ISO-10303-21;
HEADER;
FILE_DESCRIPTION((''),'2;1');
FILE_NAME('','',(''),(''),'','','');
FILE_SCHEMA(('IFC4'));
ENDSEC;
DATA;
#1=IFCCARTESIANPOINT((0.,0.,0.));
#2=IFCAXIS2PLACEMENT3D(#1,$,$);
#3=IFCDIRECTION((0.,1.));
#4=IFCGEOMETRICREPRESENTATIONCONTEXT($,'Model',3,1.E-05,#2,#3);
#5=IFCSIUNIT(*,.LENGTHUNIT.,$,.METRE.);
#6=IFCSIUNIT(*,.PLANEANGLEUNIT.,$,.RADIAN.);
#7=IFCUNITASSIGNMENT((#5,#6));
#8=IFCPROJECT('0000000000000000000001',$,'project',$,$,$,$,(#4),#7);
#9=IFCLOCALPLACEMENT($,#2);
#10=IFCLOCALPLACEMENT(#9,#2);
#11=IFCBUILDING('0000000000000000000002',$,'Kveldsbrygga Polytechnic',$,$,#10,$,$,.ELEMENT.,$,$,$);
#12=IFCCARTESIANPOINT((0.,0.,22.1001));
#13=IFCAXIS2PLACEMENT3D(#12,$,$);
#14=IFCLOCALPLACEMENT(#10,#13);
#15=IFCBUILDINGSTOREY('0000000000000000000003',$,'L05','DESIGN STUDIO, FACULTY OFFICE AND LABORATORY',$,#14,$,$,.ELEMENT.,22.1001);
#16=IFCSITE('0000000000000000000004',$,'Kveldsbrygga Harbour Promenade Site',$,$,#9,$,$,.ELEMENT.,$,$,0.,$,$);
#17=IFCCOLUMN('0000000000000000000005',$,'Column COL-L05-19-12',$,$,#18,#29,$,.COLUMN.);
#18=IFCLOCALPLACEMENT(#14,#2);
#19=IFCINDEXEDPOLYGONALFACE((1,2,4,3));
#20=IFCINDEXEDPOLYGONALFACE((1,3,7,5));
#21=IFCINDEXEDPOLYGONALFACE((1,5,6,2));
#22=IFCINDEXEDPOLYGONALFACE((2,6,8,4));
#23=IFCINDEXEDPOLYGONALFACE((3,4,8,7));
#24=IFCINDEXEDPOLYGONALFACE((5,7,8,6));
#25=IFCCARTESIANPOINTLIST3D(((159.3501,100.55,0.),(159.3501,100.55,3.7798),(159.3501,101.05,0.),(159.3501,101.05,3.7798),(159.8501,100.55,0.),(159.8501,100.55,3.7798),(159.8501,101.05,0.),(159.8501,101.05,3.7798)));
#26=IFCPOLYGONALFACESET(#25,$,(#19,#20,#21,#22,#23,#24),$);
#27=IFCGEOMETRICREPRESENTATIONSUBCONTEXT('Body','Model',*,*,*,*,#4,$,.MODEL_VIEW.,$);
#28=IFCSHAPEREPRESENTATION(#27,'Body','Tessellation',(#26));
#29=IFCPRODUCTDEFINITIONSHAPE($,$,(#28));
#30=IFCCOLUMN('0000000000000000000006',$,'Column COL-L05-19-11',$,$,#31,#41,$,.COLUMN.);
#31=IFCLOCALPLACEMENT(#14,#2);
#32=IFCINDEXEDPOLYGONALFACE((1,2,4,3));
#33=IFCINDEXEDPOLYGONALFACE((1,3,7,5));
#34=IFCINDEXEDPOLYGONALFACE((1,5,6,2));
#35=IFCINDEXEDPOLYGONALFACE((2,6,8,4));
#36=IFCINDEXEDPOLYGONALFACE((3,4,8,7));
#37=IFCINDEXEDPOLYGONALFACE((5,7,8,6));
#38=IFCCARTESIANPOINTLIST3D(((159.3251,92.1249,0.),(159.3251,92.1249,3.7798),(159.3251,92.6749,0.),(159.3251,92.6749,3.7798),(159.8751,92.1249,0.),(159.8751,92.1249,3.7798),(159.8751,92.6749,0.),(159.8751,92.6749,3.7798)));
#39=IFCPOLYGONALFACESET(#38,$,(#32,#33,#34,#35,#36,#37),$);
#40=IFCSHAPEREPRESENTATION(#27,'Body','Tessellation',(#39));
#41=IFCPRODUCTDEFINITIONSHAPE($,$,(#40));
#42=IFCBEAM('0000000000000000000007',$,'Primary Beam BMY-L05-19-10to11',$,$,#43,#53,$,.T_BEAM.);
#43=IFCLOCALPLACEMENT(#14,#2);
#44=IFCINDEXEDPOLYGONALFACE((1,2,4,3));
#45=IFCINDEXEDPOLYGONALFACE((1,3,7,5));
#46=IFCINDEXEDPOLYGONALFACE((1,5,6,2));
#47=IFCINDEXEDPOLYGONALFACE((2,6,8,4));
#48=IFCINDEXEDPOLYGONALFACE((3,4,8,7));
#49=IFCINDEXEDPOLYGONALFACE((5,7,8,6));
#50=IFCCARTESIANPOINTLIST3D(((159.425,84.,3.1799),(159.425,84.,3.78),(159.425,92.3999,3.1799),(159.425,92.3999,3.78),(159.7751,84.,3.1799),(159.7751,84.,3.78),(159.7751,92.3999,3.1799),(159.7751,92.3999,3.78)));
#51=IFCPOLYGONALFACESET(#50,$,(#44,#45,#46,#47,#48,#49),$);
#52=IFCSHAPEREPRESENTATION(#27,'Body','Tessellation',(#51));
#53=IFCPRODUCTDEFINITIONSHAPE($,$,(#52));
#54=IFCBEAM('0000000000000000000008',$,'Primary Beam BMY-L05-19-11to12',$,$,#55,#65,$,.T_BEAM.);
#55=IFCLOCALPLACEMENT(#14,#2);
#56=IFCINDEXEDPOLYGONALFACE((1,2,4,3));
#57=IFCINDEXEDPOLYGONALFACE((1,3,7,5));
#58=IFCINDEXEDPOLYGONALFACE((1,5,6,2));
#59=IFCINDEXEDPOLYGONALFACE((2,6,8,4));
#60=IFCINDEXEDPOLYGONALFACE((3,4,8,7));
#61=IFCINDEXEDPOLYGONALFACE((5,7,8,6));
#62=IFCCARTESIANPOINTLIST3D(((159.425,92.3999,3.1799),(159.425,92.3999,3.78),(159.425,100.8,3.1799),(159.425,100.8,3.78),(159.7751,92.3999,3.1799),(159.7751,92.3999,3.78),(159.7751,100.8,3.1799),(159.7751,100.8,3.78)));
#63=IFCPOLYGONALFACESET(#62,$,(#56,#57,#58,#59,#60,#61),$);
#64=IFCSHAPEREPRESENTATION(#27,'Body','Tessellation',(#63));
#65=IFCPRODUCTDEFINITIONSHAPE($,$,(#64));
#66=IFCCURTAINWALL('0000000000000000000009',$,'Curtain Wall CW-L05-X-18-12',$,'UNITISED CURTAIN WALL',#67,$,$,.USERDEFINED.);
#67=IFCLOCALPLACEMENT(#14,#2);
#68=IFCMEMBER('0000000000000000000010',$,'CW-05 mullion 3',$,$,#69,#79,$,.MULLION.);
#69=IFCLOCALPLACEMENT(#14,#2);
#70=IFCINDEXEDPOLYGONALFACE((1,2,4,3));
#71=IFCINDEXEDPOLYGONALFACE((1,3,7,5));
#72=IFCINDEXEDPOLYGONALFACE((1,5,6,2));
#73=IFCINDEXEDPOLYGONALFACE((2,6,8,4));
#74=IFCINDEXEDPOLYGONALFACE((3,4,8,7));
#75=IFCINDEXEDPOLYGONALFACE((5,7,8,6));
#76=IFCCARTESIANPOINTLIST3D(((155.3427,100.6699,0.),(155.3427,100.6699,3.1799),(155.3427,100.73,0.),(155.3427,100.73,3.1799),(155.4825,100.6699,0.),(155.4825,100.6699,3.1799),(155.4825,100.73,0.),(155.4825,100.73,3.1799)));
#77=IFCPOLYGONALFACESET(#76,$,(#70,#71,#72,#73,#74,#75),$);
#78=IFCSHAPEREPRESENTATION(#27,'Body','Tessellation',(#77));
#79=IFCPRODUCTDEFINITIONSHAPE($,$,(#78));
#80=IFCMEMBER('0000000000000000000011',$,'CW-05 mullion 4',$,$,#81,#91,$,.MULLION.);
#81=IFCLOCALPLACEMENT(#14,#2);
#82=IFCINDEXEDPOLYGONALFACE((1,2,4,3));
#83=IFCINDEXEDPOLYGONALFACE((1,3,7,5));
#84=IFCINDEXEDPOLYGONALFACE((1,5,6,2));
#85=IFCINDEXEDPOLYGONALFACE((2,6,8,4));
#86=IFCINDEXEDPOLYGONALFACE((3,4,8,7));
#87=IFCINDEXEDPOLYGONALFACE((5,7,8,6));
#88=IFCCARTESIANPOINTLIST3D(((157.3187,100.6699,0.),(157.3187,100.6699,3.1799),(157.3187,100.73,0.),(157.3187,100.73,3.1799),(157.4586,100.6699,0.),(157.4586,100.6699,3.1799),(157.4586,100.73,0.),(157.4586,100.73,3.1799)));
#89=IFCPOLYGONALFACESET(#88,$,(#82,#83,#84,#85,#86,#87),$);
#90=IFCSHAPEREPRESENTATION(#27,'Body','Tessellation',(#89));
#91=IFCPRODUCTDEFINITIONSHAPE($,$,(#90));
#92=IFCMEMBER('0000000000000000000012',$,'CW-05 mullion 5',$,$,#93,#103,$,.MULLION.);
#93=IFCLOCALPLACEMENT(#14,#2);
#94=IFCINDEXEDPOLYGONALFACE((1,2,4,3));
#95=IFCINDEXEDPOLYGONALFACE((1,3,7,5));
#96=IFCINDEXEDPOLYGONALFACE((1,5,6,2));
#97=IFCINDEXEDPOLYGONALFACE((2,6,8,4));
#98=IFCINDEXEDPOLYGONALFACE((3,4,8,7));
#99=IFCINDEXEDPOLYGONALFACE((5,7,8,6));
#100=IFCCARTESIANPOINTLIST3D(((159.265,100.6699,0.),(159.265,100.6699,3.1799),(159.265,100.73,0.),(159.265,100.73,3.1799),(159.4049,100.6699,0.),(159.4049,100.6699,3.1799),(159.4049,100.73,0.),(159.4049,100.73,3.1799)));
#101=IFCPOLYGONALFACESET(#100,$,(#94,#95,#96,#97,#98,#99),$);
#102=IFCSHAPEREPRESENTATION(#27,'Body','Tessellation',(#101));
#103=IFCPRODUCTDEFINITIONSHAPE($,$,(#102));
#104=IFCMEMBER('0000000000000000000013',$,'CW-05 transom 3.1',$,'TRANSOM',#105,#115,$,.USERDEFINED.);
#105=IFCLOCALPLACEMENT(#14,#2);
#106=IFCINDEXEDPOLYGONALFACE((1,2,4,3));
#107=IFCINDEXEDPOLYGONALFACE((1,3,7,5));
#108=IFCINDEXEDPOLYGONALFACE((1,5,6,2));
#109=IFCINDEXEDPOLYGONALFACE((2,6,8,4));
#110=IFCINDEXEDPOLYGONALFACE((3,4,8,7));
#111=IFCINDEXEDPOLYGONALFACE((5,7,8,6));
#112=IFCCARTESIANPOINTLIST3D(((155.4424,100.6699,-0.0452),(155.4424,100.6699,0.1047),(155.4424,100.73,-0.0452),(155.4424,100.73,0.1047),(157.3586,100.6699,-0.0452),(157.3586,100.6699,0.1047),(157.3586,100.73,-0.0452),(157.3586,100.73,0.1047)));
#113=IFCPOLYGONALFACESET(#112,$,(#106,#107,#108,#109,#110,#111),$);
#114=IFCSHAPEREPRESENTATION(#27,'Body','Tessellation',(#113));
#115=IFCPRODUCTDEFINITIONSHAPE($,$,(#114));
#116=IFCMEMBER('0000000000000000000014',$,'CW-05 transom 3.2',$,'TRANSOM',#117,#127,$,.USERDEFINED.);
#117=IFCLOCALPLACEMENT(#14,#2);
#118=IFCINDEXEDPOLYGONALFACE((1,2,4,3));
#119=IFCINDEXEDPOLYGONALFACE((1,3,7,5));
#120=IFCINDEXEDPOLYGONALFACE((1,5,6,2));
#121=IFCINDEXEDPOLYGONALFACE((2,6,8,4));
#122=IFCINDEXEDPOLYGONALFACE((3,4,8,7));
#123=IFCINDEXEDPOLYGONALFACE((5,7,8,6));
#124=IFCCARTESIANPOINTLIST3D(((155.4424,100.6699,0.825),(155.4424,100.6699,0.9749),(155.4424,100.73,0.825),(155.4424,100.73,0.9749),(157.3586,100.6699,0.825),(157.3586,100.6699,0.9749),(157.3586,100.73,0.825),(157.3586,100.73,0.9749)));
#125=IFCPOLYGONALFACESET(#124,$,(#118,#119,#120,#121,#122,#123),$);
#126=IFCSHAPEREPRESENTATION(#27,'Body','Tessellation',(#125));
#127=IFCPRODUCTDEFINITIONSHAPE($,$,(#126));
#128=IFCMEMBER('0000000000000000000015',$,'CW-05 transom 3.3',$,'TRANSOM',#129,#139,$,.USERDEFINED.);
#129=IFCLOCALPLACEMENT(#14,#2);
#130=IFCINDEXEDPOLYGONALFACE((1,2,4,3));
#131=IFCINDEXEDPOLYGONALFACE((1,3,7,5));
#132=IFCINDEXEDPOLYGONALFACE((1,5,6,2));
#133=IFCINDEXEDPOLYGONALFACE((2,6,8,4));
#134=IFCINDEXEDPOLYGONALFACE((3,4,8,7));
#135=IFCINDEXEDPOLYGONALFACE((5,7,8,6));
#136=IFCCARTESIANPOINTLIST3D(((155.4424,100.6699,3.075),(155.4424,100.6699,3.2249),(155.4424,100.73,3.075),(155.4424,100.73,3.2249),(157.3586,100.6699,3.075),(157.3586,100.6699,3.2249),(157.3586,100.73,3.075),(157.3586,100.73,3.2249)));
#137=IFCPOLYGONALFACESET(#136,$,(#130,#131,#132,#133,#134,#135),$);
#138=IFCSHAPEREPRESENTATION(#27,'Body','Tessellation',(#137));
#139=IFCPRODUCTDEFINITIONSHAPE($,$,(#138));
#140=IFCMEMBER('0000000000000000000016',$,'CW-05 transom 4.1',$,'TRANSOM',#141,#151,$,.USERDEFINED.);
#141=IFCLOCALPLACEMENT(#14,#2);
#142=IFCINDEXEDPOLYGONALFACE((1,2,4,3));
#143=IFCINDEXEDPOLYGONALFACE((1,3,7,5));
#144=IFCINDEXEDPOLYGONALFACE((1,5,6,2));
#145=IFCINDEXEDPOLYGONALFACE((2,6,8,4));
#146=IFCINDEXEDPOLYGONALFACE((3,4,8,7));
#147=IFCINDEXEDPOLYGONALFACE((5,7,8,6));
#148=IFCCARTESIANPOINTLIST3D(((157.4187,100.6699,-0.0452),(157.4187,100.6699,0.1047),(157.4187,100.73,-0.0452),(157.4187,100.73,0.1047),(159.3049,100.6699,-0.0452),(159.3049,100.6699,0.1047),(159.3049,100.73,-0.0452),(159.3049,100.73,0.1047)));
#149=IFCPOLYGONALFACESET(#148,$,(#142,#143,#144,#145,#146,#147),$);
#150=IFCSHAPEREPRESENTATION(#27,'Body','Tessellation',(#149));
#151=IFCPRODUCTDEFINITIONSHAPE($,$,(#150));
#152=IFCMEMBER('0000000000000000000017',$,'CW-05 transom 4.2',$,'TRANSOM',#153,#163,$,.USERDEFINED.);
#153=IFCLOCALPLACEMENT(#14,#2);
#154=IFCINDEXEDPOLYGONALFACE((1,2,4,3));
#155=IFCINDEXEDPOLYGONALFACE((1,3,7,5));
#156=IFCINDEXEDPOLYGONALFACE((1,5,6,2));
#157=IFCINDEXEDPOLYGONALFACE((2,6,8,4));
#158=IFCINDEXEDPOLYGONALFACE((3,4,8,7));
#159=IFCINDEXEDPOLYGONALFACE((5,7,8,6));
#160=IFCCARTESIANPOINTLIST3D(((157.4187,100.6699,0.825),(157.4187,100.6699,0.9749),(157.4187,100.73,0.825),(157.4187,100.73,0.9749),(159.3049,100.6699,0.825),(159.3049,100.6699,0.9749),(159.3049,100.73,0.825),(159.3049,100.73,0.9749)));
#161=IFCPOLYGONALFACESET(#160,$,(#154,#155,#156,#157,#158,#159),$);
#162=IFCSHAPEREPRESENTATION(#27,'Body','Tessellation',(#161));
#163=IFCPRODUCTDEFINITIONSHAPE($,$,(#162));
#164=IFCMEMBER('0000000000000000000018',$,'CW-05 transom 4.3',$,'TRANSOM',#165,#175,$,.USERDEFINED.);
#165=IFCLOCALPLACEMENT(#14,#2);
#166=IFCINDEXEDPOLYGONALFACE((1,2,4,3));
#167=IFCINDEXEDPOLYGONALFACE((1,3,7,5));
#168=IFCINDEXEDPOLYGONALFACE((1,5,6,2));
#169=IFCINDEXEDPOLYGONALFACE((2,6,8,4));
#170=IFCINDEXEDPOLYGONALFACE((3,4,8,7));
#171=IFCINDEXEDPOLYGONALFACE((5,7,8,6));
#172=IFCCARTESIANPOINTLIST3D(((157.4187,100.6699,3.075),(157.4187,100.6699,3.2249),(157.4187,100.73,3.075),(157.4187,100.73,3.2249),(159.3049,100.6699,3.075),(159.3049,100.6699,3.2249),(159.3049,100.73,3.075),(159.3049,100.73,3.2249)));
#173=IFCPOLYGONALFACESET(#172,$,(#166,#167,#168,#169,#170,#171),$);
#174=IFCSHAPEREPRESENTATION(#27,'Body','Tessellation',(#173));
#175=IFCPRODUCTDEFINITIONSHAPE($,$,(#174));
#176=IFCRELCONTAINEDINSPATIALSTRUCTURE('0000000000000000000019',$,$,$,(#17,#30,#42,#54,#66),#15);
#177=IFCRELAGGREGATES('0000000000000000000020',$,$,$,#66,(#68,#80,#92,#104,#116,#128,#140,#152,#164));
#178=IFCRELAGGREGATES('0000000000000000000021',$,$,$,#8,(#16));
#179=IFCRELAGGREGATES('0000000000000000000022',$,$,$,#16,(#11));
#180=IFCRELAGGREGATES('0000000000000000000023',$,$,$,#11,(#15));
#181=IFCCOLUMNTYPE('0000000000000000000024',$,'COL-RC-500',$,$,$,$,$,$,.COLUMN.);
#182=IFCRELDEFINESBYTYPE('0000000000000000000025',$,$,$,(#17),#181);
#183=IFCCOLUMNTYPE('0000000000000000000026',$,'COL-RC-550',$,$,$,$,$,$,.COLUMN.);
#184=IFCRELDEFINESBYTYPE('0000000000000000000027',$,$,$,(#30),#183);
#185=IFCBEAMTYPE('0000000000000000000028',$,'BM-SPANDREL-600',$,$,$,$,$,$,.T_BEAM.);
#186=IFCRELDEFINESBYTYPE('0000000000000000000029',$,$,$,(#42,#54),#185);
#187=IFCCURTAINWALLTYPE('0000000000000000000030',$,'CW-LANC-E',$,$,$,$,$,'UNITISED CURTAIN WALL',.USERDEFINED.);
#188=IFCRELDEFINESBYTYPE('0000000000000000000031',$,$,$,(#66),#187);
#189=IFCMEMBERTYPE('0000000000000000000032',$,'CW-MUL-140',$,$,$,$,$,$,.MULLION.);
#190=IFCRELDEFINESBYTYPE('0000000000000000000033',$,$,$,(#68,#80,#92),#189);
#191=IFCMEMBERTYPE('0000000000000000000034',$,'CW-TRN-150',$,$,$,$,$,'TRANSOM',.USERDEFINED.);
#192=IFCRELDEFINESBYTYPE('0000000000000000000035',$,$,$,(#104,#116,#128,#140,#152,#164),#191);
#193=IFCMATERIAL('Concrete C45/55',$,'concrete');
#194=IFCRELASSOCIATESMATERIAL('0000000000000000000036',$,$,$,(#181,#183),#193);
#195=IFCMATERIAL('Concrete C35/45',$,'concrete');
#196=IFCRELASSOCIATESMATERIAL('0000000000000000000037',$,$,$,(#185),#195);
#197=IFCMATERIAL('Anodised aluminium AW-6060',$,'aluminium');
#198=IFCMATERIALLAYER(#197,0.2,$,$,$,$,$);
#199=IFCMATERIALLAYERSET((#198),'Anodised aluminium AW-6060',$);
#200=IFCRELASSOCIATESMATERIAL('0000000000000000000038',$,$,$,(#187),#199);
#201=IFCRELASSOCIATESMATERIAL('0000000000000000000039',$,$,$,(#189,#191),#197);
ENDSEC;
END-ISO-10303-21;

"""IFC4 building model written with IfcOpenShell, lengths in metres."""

from ifc_helpers import new_model, si_unit, direction, frame, origin, origin_2d, place, context, subcontext, project, spatial, rectangle, extrude, material, layer, layer_set, material_profile, profile_set, type_object, element, aggregate, save


model = new_model("IFC4")

# Units and contexts
model_context = context("Model", 3, precision=1e-05, world=origin(), true_north=direction((0.0, 1.0)))
body_context = subcontext(model_context, "Body", "Model", "MODEL_VIEW")
ifc_project = project(units=[si_unit("LENGTHUNIT", "METRE"), si_unit("PLANEANGLEUNIT", "RADIAN")], contexts=[model_context])

# Site, building, storey
site_placement = place(None, origin())
site = spatial("IfcSite", under=ifc_project, at=site_placement, Name="Kveldsbrygga Harbour Promenade Site", CompositionType="ELEMENT", RefElevation=0.0)
building_placement = place(site_placement, origin())
building = spatial("IfcBuilding", under=site, at=building_placement, Name="Kveldsbrygga Polytechnic", CompositionType="ELEMENT")
storey_placement = place(building_placement, frame((0.0, 0.0, 22.1001)))
storey = spatial("IfcBuildingStorey", under=building, at=storey_placement, Name="L05", Description="DESIGN STUDIO, FACULTY OFFICE AND LABORATORY", CompositionType="ELEMENT", Elevation=22.1001)

# Columns
ifc_material_1 = material(Name="Concrete C45/55", Category="concrete")
ifc_material_profile_1 = material_profile(ifc_material_1, rectangle(XDim=0.5, YDim=0.5, at=origin_2d()), Name="RC 500x500")
ifc_profile_set_1 = profile_set([ifc_material_profile_1], Name="Concrete C45/55")
column_type_1 = type_object("IfcColumnType", Name="COL-RC-500", PredefinedType="COLUMN", material=ifc_profile_set_1)
column_1_placement = place(storey_placement, frame((159.6001, 100.8, 0.0), z_axis=(0.0, 0.0, 1.0), x_axis=(1.0, 0.0, 0.0)))
element("IfcColumn", 1, at=column_1_placement, inside=storey, type_object=column_type_1, Name="Column COL-L05-19-12", PredefinedType="COLUMN", context=body_context, shape_type="SweptSolid", body=[
    extrude(rectangle(XDim=0.5, YDim=0.5, at=origin_2d()), origin(), (0.0, 0.0, 1.0), 3.7798),
])
ifc_material_profile_2 = material_profile(ifc_material_1, rectangle(XDim=0.55, YDim=0.55, at=origin_2d()), Name="RC 550x550")
ifc_profile_set_2 = profile_set([ifc_material_profile_2], Name="Concrete C45/55")
column_type_2 = type_object("IfcColumnType", Name="COL-RC-550", PredefinedType="COLUMN", material=ifc_profile_set_2)
column_2_placement = place(storey_placement, frame((159.6001, 92.3999, 0.0), z_axis=(0.0, 0.0, 1.0), x_axis=(1.0, 0.0, 0.0)))
element("IfcColumn", 2, at=column_2_placement, inside=storey, type_object=column_type_2, Name="Column COL-L05-19-11", PredefinedType="COLUMN", context=body_context, shape_type="SweptSolid", body=[
    extrude(rectangle(XDim=0.55, YDim=0.55, at=origin_2d()), origin(), (0.0, 0.0, 1.0), 3.7798),
])

# Beams
ifc_material_2 = material(Name="Concrete C35/45", Category="concrete")
ifc_material_profile_3 = material_profile(ifc_material_2, rectangle(XDim=0.3501, YDim=0.6001, at=origin_2d()), Name="RC 350x600")
ifc_profile_set_3 = profile_set([ifc_material_profile_3], Name="Concrete C35/45")
beam_type = type_object("IfcBeamType", Name="BM-SPANDREL-600", PredefinedType="T_BEAM", material=ifc_profile_set_3)
beam_1_placement = place(storey_placement, frame((159.6001, 84.0, 3.48), z_axis=(0.0, 1.0, 0.0), x_axis=(-1.0, 0.0, 0.0)))
element("IfcBeam", 3, at=beam_1_placement, inside=storey, type_object=beam_type, Name="Primary Beam BMY-L05-19-10to11", PredefinedType="T_BEAM", context=body_context, shape_type="SweptSolid", body=[
    extrude(rectangle(XDim=0.3501, YDim=0.6001, at=origin_2d()), origin(), (0.0, 0.0, 1.0), 8.3999),
])
beam_2_placement = place(storey_placement, frame((159.6001, 92.3999, 3.48), z_axis=(0.0, 1.0, 0.0), x_axis=(-1.0, 0.0, 0.0)))
element("IfcBeam", 4, at=beam_2_placement, inside=storey, type_object=beam_type, Name="Primary Beam BMY-L05-19-11to12", PredefinedType="T_BEAM", context=body_context, shape_type="SweptSolid", body=[
    extrude(rectangle(XDim=0.3501, YDim=0.6001, at=origin_2d()), origin(), (0.0, 0.0, 1.0), 8.4001),
])

# Curtain wall, members
ifc_material_3 = material(Name="Anodised aluminium AW-6060", Category="aluminium")
ifc_layer_1 = layer(ifc_material_3, 0.2)
ifc_layer_set_1 = layer_set([ifc_layer_1], Name="Anodised aluminium AW-6060")
curtain_wall_type = type_object("IfcCurtainWallType", Name="CW-LANC-E", ElementType="UNITISED CURTAIN WALL", PredefinedType="USERDEFINED", material=ifc_layer_set_1)
curtain_wall_placement = place(storey_placement, origin())
curtain_wall = element("IfcCurtainWall", 5, at=curtain_wall_placement, inside=storey, type_object=curtain_wall_type, Name="Curtain Wall CW-L05-X-18-12", ObjectType="UNITISED CURTAIN WALL", PredefinedType="USERDEFINED")
ifc_material_profile_4 = material_profile(ifc_material_3, rectangle(XDim=0.0601, YDim=0.1399, at=origin_2d()), Name="ALU 60x140")
ifc_profile_set_4 = profile_set([ifc_material_profile_4], Name="Anodised aluminium AW-6060")
member_type_1 = type_object("IfcMemberType", Name="CW-MUL-140", PredefinedType="MULLION", material=ifc_profile_set_4)
member_1_placement = place(storey_placement, frame((155.4126, 100.7, 0.0), z_axis=(0.0, 0.0, 1.0), x_axis=(0.0, 1.0, 0.0)))
member_1 = element("IfcMember", 6, at=member_1_placement, type_object=member_type_1, Name="CW-05 mullion 3", PredefinedType="MULLION", context=body_context, shape_type="SweptSolid", body=[
    extrude(rectangle(XDim=0.0601, YDim=0.1399, at=origin_2d()), origin(), (0.0, 0.0, 1.0), 3.1799),
])
member_2_placement = place(storey_placement, frame((157.3887, 100.7, 0.0), z_axis=(0.0, 0.0, 1.0), x_axis=(0.0, 1.0, 0.0)))
member_2 = element("IfcMember", 7, at=member_2_placement, type_object=member_type_1, Name="CW-05 mullion 4", PredefinedType="MULLION", context=body_context, shape_type="SweptSolid", body=[
    extrude(rectangle(XDim=0.0601, YDim=0.1399, at=origin_2d()), origin(), (0.0, 0.0, 1.0), 3.1799),
])
member_3_placement = place(storey_placement, frame((159.335, 100.7, 0.0), z_axis=(0.0, 0.0, 1.0), x_axis=(0.0, 1.0, 0.0)))
member_3 = element("IfcMember", 8, at=member_3_placement, type_object=member_type_1, Name="CW-05 mullion 5", PredefinedType="MULLION", context=body_context, shape_type="SweptSolid", body=[
    extrude(rectangle(XDim=0.0601, YDim=0.1399, at=origin_2d()), origin(), (0.0, 0.0, 1.0), 3.1799),
])
ifc_material_profile_5 = material_profile(ifc_material_3, rectangle(XDim=0.0601, YDim=0.1499, at=origin_2d()), Name="ALU 60x150")
ifc_profile_set_5 = profile_set([ifc_material_profile_5], Name="Anodised aluminium AW-6060")
member_type_2 = type_object("IfcMemberType", Name="CW-TRN-150", ElementType="TRANSOM", PredefinedType="USERDEFINED", material=ifc_profile_set_5)
member_4_placement = place(storey_placement, frame((155.4424, 100.7, 0.0298), z_axis=(1.0, 0.0, 0.0), x_axis=(0.0, 1.0, 0.0)))
member_4 = element("IfcMember", 9, at=member_4_placement, type_object=member_type_2, Name="CW-05 transom 3.1", ObjectType="TRANSOM", PredefinedType="USERDEFINED", context=body_context, shape_type="SweptSolid", body=[
    extrude(rectangle(XDim=0.0601, YDim=0.1499, at=origin_2d()), origin(), (0.0, 0.0, 1.0), 1.9163),
])
member_5_placement = place(storey_placement, frame((155.4424, 100.7, 0.8999), z_axis=(1.0, 0.0, 0.0), x_axis=(0.0, 1.0, 0.0)))
member_5 = element("IfcMember", 10, at=member_5_placement, type_object=member_type_2, Name="CW-05 transom 3.2", ObjectType="TRANSOM", PredefinedType="USERDEFINED", context=body_context, shape_type="SweptSolid", body=[
    extrude(rectangle(XDim=0.0601, YDim=0.1499, at=origin_2d()), origin(), (0.0, 0.0, 1.0), 1.9163),
])
member_6_placement = place(storey_placement, frame((155.4424, 100.7, 3.1499), z_axis=(1.0, 0.0, 0.0), x_axis=(0.0, 1.0, 0.0)))
member_6 = element("IfcMember", 11, at=member_6_placement, type_object=member_type_2, Name="CW-05 transom 3.3", ObjectType="TRANSOM", PredefinedType="USERDEFINED", context=body_context, shape_type="SweptSolid", body=[
    extrude(rectangle(XDim=0.0601, YDim=0.1499, at=origin_2d()), origin(), (0.0, 0.0, 1.0), 1.9163),
])
member_7_placement = place(storey_placement, frame((157.4187, 100.7, 0.0298), z_axis=(1.0, 0.0, 0.0), x_axis=(0.0, 1.0, 0.0)))
member_7 = element("IfcMember", 12, at=member_7_placement, type_object=member_type_2, Name="CW-05 transom 4.1", ObjectType="TRANSOM", PredefinedType="USERDEFINED", context=body_context, shape_type="SweptSolid", body=[
    extrude(rectangle(XDim=0.0601, YDim=0.1499, at=origin_2d()), origin(), (0.0, 0.0, 1.0), 1.8862),
])
member_8_placement = place(storey_placement, frame((157.4187, 100.7, 0.8999), z_axis=(1.0, 0.0, 0.0), x_axis=(0.0, 1.0, 0.0)))
member_8 = element("IfcMember", 13, at=member_8_placement, type_object=member_type_2, Name="CW-05 transom 4.2", ObjectType="TRANSOM", PredefinedType="USERDEFINED", context=body_context, shape_type="SweptSolid", body=[
    extrude(rectangle(XDim=0.0601, YDim=0.1499, at=origin_2d()), origin(), (0.0, 0.0, 1.0), 1.8862),
])
member_9_placement = place(storey_placement, frame((157.4187, 100.7, 3.1499), z_axis=(1.0, 0.0, 0.0), x_axis=(0.0, 1.0, 0.0)))
member_9 = element("IfcMember", 14, at=member_9_placement, type_object=member_type_2, Name="CW-05 transom 4.3", ObjectType="TRANSOM", PredefinedType="USERDEFINED", context=body_context, shape_type="SweptSolid", body=[
    extrude(rectangle(XDim=0.0601, YDim=0.1499, at=origin_2d()), origin(), (0.0, 0.0, 1.0), 1.8862),
])

aggregate(curtain_wall, [member_1, member_2, member_3, member_4, member_5, member_6, member_7, member_8, member_9])

save(model, "model.ifc")
